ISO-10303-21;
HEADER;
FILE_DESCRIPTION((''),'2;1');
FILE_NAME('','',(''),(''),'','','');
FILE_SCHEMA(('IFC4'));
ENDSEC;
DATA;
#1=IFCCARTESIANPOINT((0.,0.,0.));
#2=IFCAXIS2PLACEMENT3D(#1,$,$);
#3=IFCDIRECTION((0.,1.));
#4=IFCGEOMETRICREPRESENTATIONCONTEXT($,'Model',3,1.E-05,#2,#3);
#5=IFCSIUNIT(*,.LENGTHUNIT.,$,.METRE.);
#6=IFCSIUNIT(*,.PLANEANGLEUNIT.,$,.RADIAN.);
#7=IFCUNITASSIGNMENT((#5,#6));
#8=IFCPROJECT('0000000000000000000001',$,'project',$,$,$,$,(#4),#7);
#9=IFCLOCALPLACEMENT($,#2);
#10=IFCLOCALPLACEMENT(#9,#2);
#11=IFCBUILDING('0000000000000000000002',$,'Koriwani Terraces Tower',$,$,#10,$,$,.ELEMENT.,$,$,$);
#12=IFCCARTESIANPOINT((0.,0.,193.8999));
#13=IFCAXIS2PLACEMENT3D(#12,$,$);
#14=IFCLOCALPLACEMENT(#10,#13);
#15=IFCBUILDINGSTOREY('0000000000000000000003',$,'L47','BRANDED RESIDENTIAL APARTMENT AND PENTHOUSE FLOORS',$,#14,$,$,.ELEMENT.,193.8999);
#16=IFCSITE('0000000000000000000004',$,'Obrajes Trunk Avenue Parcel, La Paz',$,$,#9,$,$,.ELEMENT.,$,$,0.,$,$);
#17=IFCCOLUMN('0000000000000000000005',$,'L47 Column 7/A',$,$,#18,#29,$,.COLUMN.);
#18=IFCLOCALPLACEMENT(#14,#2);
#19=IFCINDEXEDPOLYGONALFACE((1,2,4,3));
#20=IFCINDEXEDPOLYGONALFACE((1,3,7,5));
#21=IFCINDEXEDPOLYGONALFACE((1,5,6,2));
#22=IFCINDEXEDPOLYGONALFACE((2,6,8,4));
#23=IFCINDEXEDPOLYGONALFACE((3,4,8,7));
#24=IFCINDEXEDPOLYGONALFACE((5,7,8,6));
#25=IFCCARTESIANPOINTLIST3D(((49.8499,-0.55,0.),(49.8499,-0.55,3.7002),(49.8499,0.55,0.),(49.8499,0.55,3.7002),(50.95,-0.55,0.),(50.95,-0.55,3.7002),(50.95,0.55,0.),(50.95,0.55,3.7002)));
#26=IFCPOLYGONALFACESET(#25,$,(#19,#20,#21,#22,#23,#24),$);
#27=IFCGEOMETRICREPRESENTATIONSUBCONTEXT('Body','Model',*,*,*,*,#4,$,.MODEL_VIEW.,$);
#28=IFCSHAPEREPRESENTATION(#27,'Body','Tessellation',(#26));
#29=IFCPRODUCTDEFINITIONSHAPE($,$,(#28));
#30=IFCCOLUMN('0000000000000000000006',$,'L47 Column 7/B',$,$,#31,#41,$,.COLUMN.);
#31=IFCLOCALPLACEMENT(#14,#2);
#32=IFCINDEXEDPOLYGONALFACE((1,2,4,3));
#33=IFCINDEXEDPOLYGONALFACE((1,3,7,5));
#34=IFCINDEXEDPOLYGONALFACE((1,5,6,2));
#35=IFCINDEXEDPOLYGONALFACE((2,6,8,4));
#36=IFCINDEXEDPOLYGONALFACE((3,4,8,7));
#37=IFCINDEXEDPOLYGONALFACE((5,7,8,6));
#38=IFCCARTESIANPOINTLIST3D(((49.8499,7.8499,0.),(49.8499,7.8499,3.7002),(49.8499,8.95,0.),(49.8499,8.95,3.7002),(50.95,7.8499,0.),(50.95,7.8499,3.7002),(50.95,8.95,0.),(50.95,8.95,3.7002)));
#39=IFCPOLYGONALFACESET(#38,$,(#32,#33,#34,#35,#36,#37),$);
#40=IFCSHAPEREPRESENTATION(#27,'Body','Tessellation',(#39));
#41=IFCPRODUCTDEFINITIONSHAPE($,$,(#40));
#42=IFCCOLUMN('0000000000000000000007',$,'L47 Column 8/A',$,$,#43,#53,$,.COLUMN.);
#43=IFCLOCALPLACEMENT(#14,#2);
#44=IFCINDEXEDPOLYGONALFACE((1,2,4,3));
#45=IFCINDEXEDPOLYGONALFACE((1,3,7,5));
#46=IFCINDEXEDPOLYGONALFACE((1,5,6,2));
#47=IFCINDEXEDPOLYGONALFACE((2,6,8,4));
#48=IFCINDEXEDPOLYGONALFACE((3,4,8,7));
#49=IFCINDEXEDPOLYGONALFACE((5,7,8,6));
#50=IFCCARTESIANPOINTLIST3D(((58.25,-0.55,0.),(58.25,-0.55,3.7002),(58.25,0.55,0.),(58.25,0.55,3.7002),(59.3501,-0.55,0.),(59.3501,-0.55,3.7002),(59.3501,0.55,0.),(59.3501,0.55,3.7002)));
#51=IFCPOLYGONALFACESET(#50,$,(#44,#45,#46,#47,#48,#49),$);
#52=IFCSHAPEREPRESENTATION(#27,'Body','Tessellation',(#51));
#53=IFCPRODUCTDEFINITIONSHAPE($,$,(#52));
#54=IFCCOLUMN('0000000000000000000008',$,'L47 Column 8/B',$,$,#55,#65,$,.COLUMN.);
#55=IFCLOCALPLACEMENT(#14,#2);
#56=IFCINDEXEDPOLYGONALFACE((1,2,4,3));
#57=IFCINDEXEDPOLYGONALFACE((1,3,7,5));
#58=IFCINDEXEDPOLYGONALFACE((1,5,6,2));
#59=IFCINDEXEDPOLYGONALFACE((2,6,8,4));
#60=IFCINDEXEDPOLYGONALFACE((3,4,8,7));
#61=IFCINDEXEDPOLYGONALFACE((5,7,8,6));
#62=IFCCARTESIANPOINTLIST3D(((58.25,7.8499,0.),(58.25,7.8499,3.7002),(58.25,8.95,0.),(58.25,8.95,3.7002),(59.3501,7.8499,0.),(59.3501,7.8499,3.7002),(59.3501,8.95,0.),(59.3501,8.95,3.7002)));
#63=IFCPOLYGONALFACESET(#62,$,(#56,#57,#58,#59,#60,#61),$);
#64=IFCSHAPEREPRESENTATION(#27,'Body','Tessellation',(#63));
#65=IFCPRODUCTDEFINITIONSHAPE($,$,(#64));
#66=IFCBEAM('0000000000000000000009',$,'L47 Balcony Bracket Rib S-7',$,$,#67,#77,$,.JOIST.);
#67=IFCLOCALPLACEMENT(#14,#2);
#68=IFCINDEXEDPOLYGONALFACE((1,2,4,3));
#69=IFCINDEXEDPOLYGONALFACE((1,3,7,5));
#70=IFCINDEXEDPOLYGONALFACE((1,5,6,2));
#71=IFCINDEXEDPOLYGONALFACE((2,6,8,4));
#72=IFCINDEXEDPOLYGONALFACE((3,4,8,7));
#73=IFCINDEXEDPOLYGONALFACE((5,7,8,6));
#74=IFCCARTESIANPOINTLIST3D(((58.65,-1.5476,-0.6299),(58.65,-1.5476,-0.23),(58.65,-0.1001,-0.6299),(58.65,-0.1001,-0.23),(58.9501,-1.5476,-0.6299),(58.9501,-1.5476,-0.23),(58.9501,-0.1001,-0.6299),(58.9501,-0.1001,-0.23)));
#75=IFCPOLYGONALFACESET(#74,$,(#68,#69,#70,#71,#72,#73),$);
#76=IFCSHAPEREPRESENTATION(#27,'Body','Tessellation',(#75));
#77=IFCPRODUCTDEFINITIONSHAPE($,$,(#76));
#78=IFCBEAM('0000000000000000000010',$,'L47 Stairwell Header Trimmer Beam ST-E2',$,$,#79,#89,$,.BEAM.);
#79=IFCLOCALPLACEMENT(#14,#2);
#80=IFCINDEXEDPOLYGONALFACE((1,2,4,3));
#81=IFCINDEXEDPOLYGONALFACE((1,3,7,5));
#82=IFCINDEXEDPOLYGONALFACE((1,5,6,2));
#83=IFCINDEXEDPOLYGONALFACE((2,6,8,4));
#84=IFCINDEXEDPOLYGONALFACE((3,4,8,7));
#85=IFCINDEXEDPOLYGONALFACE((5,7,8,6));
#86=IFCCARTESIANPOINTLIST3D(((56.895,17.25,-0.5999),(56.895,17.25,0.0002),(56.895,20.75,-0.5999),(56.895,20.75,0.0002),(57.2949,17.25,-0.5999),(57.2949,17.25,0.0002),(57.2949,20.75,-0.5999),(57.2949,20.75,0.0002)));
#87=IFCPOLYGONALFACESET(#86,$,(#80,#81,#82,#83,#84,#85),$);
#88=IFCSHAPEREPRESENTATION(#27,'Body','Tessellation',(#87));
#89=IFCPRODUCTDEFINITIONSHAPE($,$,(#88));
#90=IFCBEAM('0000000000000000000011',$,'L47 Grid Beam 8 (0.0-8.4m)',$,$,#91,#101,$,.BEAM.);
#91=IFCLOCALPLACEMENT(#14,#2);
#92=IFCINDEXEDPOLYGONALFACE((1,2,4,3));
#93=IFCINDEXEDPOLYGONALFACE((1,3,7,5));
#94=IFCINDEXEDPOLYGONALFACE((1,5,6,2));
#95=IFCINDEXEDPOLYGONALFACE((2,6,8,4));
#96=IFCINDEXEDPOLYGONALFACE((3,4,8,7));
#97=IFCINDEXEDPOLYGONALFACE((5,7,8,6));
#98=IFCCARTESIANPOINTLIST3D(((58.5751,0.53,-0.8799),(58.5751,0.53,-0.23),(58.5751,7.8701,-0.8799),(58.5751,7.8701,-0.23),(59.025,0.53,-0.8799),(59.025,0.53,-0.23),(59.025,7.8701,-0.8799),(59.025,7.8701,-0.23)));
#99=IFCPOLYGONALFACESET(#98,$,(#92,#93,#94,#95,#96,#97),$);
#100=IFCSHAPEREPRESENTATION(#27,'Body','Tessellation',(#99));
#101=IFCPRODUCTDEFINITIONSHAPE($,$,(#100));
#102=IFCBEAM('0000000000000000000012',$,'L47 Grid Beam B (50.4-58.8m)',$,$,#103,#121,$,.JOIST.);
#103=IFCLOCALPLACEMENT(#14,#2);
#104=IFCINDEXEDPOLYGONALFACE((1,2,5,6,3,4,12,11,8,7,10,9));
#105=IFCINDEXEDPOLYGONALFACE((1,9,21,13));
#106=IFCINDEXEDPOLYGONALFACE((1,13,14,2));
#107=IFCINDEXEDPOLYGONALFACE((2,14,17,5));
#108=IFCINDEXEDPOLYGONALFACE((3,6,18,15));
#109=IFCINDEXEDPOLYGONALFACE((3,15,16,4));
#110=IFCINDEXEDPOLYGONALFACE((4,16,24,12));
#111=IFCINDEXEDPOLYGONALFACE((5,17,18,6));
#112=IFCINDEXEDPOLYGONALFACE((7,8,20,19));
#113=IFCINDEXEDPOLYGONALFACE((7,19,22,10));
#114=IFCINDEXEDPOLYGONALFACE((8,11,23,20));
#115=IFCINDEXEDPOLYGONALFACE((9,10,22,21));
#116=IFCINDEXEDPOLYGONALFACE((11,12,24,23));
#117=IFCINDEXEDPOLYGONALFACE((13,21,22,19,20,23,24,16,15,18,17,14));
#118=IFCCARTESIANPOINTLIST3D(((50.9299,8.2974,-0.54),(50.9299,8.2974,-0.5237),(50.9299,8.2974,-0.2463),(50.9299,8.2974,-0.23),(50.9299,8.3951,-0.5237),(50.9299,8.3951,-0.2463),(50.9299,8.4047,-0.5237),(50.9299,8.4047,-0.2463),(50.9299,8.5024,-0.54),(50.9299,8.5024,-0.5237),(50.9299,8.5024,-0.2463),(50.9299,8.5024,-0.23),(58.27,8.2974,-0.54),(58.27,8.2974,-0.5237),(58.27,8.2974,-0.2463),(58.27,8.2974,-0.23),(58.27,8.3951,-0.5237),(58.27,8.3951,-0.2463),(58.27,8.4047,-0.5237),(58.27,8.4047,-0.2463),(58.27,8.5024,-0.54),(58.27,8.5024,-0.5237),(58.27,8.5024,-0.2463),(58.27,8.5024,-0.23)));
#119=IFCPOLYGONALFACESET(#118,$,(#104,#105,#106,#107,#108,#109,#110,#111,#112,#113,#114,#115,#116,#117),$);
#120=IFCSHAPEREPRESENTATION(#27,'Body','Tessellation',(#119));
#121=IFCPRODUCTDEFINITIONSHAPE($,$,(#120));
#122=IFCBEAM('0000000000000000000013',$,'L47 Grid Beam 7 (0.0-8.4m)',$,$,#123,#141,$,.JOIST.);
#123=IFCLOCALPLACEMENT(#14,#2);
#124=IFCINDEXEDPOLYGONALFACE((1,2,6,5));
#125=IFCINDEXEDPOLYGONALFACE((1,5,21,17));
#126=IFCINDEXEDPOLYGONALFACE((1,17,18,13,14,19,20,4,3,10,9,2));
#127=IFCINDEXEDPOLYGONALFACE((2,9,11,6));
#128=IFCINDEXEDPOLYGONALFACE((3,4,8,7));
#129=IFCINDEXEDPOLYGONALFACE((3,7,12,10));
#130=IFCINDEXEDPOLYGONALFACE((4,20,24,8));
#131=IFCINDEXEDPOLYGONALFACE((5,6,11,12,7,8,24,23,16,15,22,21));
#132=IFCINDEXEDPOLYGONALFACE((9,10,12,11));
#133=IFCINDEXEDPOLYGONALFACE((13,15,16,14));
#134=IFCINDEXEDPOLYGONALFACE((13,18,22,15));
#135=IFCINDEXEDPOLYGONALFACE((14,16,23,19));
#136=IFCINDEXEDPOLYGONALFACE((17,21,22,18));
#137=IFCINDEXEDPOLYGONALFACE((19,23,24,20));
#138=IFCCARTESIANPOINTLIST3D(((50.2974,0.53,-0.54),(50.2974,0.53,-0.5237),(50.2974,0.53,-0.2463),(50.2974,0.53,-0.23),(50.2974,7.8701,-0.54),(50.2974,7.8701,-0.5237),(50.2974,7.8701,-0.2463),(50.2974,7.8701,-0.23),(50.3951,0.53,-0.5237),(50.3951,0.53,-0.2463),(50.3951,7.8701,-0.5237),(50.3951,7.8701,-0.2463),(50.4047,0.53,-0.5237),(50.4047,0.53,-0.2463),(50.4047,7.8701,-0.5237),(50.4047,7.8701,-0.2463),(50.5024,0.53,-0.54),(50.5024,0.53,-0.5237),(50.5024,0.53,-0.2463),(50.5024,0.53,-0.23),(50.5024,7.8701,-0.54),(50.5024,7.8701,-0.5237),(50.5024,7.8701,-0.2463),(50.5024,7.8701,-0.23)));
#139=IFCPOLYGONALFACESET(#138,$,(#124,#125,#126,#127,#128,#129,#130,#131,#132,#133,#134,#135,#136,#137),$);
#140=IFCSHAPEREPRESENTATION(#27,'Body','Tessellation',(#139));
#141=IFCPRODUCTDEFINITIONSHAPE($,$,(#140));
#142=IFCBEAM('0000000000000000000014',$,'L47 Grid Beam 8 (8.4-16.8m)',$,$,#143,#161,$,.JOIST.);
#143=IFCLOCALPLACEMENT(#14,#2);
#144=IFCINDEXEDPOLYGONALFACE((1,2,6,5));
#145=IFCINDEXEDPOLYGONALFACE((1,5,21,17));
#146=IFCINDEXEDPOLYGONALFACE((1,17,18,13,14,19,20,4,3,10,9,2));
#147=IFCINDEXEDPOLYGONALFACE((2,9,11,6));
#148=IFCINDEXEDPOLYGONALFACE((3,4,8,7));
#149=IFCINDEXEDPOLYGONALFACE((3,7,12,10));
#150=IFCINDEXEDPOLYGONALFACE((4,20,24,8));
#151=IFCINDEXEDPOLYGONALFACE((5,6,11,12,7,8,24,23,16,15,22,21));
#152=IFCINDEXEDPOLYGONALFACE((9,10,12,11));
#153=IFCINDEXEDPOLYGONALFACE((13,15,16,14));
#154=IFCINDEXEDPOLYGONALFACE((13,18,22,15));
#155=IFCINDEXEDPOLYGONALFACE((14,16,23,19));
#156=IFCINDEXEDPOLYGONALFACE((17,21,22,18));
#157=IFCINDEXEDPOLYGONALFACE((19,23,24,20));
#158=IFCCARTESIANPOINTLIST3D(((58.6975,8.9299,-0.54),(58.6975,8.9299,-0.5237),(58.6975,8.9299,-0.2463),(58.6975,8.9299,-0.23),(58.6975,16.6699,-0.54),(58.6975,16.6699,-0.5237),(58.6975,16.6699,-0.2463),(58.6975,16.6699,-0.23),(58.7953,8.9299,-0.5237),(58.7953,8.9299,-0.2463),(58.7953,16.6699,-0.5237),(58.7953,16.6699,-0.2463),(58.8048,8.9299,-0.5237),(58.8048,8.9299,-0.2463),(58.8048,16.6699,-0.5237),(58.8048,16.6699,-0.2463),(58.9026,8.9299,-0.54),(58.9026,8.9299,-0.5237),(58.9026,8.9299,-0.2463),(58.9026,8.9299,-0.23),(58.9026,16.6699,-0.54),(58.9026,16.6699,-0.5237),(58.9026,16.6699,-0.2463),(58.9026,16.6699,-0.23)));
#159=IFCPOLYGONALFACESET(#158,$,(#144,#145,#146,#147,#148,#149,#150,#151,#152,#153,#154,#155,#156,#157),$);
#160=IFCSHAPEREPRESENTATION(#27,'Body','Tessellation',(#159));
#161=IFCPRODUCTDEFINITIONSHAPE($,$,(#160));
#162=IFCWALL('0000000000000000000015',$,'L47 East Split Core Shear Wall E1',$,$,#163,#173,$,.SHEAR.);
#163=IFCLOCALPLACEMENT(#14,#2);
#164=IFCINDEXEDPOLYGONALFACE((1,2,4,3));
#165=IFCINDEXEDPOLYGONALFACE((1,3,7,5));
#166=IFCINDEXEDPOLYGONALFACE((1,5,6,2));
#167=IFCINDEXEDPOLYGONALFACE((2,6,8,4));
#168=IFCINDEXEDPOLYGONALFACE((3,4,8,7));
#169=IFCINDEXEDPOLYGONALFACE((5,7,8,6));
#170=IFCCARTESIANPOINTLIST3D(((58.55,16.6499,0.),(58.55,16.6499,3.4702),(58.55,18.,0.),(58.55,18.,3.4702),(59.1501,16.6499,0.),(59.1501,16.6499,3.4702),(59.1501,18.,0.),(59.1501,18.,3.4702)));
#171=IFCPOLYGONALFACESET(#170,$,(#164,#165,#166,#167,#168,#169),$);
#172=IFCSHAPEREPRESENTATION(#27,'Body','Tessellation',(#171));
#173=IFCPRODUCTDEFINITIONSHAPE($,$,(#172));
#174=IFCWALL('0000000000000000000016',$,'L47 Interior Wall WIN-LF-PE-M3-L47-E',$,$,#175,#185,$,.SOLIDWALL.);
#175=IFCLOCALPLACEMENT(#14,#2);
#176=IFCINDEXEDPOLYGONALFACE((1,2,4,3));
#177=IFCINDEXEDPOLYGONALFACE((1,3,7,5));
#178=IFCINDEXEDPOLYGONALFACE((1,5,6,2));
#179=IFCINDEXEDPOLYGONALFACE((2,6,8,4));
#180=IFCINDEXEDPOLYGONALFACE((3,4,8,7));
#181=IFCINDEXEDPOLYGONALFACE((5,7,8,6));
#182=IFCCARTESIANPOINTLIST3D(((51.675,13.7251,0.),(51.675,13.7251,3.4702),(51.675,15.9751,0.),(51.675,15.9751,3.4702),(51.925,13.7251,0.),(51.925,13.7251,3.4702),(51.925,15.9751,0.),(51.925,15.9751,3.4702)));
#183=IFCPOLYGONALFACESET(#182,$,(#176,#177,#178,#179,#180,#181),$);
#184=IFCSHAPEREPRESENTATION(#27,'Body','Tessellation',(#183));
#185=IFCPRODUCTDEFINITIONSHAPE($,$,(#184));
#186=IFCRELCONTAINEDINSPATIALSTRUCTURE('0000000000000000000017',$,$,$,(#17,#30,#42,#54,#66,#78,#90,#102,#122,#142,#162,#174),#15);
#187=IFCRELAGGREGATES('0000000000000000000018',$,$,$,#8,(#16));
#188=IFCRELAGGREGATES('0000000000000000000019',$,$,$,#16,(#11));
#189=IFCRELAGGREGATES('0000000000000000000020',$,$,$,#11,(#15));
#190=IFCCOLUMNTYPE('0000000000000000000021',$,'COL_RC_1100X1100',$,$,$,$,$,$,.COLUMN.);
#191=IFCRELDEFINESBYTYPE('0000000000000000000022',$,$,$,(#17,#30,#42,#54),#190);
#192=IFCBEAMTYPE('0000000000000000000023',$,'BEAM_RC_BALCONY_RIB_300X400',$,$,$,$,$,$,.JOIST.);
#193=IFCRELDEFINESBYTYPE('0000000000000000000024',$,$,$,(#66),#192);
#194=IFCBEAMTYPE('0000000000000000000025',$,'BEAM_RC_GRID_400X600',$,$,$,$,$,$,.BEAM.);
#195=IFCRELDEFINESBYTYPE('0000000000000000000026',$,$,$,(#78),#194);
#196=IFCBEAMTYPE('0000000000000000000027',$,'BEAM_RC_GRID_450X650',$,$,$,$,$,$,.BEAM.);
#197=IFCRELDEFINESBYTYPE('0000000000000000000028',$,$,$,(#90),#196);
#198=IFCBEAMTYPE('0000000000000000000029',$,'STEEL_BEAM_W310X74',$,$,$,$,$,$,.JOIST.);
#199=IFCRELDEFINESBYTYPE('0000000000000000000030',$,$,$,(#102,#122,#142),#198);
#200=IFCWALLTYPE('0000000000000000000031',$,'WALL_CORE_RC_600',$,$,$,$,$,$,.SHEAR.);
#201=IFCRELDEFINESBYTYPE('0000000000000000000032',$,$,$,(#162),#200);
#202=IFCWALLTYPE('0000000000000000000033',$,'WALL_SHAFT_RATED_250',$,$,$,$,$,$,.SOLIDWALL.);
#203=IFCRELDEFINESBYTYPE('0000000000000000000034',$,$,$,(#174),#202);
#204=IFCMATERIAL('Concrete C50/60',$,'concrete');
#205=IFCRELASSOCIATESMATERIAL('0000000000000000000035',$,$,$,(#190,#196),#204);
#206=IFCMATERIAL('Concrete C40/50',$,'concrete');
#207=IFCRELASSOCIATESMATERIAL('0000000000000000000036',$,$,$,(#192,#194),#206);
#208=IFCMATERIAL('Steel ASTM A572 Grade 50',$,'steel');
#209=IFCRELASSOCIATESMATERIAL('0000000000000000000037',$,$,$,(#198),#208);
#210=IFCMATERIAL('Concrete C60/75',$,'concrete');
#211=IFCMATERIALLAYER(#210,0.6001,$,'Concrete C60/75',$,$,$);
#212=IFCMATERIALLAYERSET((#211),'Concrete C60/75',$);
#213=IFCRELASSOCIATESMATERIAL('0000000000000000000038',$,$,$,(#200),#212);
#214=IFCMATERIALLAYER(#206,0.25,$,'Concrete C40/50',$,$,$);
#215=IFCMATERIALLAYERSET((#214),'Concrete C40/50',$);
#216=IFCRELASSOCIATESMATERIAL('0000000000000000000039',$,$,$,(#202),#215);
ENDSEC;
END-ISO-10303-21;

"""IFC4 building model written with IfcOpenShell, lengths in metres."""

from ifc_helpers import new_model, si_unit, direction, frame, frame_2d, origin, origin_2d, place, context, subcontext, project, spatial, rectangle, i_section, extrude, material, layer, layer_set, material_profile, profile_set, type_object, element, save


model = new_model("IFC4")

# Units and contexts
model_context = context("Model", 3, precision=1e-05, world=origin(), true_north=direction((0.0, 1.0)))
body_context = subcontext(model_context, "Body", "Model", "MODEL_VIEW")
ifc_project = project(units=[si_unit("LENGTHUNIT", "METRE"), si_unit("PLANEANGLEUNIT", "RADIAN")], contexts=[model_context])

# Site, building, storey
site_placement = place(None, origin())
site = spatial("IfcSite", under=ifc_project, at=site_placement, Name="Obrajes Trunk Avenue Parcel, La Paz", CompositionType="ELEMENT", RefElevation=0.0)
building_placement = place(site_placement, origin())
building = spatial("IfcBuilding", under=site, at=building_placement, Name="Koriwani Terraces Tower", CompositionType="ELEMENT")
storey_placement = place(building_placement, frame((0.0, 0.0, 193.8999)))
storey = spatial("IfcBuildingStorey", under=building, at=storey_placement, Name="L47", Description="BRANDED RESIDENTIAL APARTMENT AND PENTHOUSE FLOORS", CompositionType="ELEMENT", Elevation=193.8999)

# Columns
ifc_material_1 = material(Name="Concrete C50/60", Category="concrete")
ifc_material_profile_1 = material_profile(ifc_material_1, rectangle(XDim=1.1001, YDim=1.1001, at=origin_2d()), Name="Concrete C50/60", Category="LoadBearing")
ifc_profile_set_1 = profile_set([ifc_material_profile_1], Name="Concrete C50/60")
column_type = type_object("IfcColumnType", Name="COL_RC_1100X1100", PredefinedType="COLUMN", material=ifc_profile_set_1)
for number, where, z_axis, x_axis, name in (
    (1, (50.3999, 0.0, 0.0), (0.0, 0.0, 1.0), (1.0, 0.0, 0.0), "L47 Column 7/A"),
    (2, (50.3999, 8.3999, 0.0), (0.0, 0.0, 1.0), (1.0, 0.0, 0.0), "L47 Column 7/B"),
    (3, (58.8, 0.0, 0.0), (0.0, 0.0, 1.0), (1.0, 0.0, 0.0), "L47 Column 8/A"),
    (4, (58.8, 8.3999, 0.0), (0.0, 0.0, 1.0), (1.0, 0.0, 0.0), "L47 Column 8/B"),
):
    element("IfcColumn", number, at=place(storey_placement, frame(where, z_axis=z_axis, x_axis=x_axis)), inside=storey, type_object=column_type, Name=name, PredefinedType="COLUMN", context=body_context, shape_type="SweptSolid", body=[
        extrude(rectangle(XDim=1.1001, YDim=1.1001, at=origin_2d()), origin(), (0.0, 0.0, 1.0), 3.7002),
    ])

# Beams
ifc_material_2 = material(Name="Concrete C40/50", Category="concrete")
ifc_material_profile_2 = material_profile(ifc_material_2, rectangle(XDim=0.3, YDim=0.3999, at=origin_2d()), Name="Concrete C40/50", Category="LoadBearing")
ifc_profile_set_2 = profile_set([ifc_material_profile_2], Name="Concrete C40/50")
beam_type_1 = type_object("IfcBeamType", Name="BEAM_RC_BALCONY_RIB_300X400", PredefinedType="JOIST", material=ifc_profile_set_2)
beam_1_placement = place(storey_placement, frame((58.8, -1.5476, -0.4299), z_axis=(0.0, 1.0, 0.0), x_axis=(-1.0, 0.0, 0.0)))
element("IfcBeam", 5, at=beam_1_placement, inside=storey, type_object=beam_type_1, Name="L47 Balcony Bracket Rib S-7", PredefinedType="JOIST", context=body_context, shape_type="SweptSolid", body=[
    extrude(rectangle(XDim=0.3, YDim=0.3999, at=origin_2d()), origin(), (0.0, 0.0, 1.0), 1.4475),
])
ifc_material_profile_3 = material_profile(ifc_material_2, rectangle(XDim=0.3999, YDim=0.6001, at=origin_2d()), Name="Concrete C40/50", Category="LoadBearing")
ifc_profile_set_3 = profile_set([ifc_material_profile_3], Name="Concrete C40/50")
beam_type_2 = type_object("IfcBeamType", Name="BEAM_RC_GRID_400X600", PredefinedType="BEAM", material=ifc_profile_set_3)
beam_2_placement = place(storey_placement, frame((57.095, 17.25, -0.2998), z_axis=(0.0, 1.0, 0.0), x_axis=(-1.0, 0.0, 0.0)))
element("IfcBeam", 6, at=beam_2_placement, inside=storey, type_object=beam_type_2, Name="L47 Stairwell Header Trimmer Beam ST-E2", PredefinedType="BEAM", context=body_context, shape_type="SweptSolid", body=[
    extrude(rectangle(XDim=0.3999, YDim=0.6001, at=origin_2d()), origin(), (0.0, 0.0, 1.0), 3.5),
])
ifc_material_profile_4 = material_profile(ifc_material_1, rectangle(XDim=0.45, YDim=0.6499, at=origin_2d()), Name="Concrete C50/60", Category="LoadBearing")
ifc_profile_set_4 = profile_set([ifc_material_profile_4], Name="Concrete C50/60")
beam_type_3 = type_object("IfcBeamType", Name="BEAM_RC_GRID_450X650", PredefinedType="BEAM", material=ifc_profile_set_4)
beam_3_placement = place(storey_placement, frame((58.8, 0.53, -0.5549), z_axis=(0.0, 1.0, 0.0), x_axis=(-1.0, 0.0, 0.0)))
element("IfcBeam", 7, at=beam_3_placement, inside=storey, type_object=beam_type_3, Name="L47 Grid Beam 8 (0.0-8.4m)", PredefinedType="BEAM", context=body_context, shape_type="SweptSolid", body=[
    extrude(rectangle(XDim=0.45, YDim=0.6499, at=origin_2d()), origin(), (0.0, 0.0, 1.0), 7.3401),
])
ifc_material_3 = material(Name="Steel ASTM A572 Grade 50", Category="steel")
ifc_material_profile_5 = material_profile(ifc_material_3, i_section(OverallWidth=0.2051, OverallDepth=0.3101, WebThickness=0.0095, FlangeThickness=0.0164, at=origin_2d()), Name="Steel ASTM A572 Grade 50", Category="LoadBearing")
ifc_profile_set_5 = profile_set([ifc_material_profile_5], Name="Steel ASTM A572 Grade 50")
beam_type_4 = type_object("IfcBeamType", Name="STEEL_BEAM_W310X74", PredefinedType="JOIST", material=ifc_profile_set_5)
for number, where, z_axis, x_axis, name in (
    (8, (50.9299, 8.3999, -0.385), (1.0, 0.0, 0.0), (0.0, 1.0, 0.0), "L47 Grid Beam B (50.4-58.8m)"),
    (9, (50.3999, 0.53, -0.385), (0.0, 1.0, 0.0), (-1.0, 0.0, 0.0), "L47 Grid Beam 7 (0.0-8.4m)"),
):
    element("IfcBeam", number, at=place(storey_placement, frame(where, z_axis=z_axis, x_axis=x_axis)), inside=storey, type_object=beam_type_4, Name=name, PredefinedType="JOIST", context=body_context, shape_type="SweptSolid", body=[
        extrude(i_section(OverallWidth=0.2051, OverallDepth=0.3101, WebThickness=0.0095, FlangeThickness=0.0164, at=origin_2d()), origin(), (0.0, 0.0, 1.0), 7.3401),
    ])
beam_4_placement = place(storey_placement, frame((58.8, 8.9299, -0.385), z_axis=(0.0, 1.0, 0.0), x_axis=(-1.0, 0.0, 0.0)))
element("IfcBeam", 10, at=beam_4_placement, inside=storey, type_object=beam_type_4, Name="L47 Grid Beam 8 (8.4-16.8m)", PredefinedType="JOIST", context=body_context, shape_type="SweptSolid", body=[
    extrude(i_section(OverallWidth=0.2051, OverallDepth=0.3101, WebThickness=0.0095, FlangeThickness=0.0164, at=origin_2d()), origin(), (0.0, 0.0, 1.0), 7.74),
])

# Wall
ifc_material_4 = material(Name="Concrete C60/75", Category="concrete")
ifc_layer_1 = layer(ifc_material_4, 0.6001, Name="Concrete C60/75")
ifc_layer_set_1 = layer_set([ifc_layer_1], Name="Concrete C60/75")
wall_type_1 = type_object("IfcWallType", Name="WALL_CORE_RC_600", PredefinedType="SHEAR", material=ifc_layer_set_1)
wall_1_placement = place(storey_placement, frame((58.8501, 16.6499, 0.0), z_axis=(0.0, 0.0, 1.0), x_axis=(0.0, 1.0, 0.0)))
element("IfcWall", 11, at=wall_1_placement, inside=storey, type_object=wall_type_1, Name="L47 East Split Core Shear Wall E1", PredefinedType="SHEAR", context=body_context, shape_type="SweptSolid", body=[
    extrude(rectangle(XDim=1.3501, YDim=0.6001, at=frame_2d((0.675, 0.0))), origin(), (0.0, 0.0, 1.0), 3.4702),
])

# Shared definitions
ifc_layer_2 = layer(ifc_material_2, 0.25, Name="Concrete C40/50")
ifc_layer_set_2 = layer_set([ifc_layer_2], Name="Concrete C40/50")
wall_type_2 = type_object("IfcWallType", Name="WALL_SHAFT_RATED_250", PredefinedType="SOLIDWALL", material=ifc_layer_set_2)

# Wall
wall_2_placement = place(storey_placement, frame((51.8, 13.7251, 0.0), z_axis=(0.0, 0.0, 1.0), x_axis=(0.0, 1.0, 0.0)))
element("IfcWall", 12, at=wall_2_placement, inside=storey, type_object=wall_type_2, Name="L47 Interior Wall WIN-LF-PE-M3-L47-E", PredefinedType="SOLIDWALL", context=body_context, shape_type="SweptSolid", body=[
    extrude(rectangle(XDim=2.25, YDim=0.25, at=frame_2d((1.125, 0.0))), origin(), (0.0, 0.0, 1.0), 3.4702),
])

save(model, "model.ifc")
